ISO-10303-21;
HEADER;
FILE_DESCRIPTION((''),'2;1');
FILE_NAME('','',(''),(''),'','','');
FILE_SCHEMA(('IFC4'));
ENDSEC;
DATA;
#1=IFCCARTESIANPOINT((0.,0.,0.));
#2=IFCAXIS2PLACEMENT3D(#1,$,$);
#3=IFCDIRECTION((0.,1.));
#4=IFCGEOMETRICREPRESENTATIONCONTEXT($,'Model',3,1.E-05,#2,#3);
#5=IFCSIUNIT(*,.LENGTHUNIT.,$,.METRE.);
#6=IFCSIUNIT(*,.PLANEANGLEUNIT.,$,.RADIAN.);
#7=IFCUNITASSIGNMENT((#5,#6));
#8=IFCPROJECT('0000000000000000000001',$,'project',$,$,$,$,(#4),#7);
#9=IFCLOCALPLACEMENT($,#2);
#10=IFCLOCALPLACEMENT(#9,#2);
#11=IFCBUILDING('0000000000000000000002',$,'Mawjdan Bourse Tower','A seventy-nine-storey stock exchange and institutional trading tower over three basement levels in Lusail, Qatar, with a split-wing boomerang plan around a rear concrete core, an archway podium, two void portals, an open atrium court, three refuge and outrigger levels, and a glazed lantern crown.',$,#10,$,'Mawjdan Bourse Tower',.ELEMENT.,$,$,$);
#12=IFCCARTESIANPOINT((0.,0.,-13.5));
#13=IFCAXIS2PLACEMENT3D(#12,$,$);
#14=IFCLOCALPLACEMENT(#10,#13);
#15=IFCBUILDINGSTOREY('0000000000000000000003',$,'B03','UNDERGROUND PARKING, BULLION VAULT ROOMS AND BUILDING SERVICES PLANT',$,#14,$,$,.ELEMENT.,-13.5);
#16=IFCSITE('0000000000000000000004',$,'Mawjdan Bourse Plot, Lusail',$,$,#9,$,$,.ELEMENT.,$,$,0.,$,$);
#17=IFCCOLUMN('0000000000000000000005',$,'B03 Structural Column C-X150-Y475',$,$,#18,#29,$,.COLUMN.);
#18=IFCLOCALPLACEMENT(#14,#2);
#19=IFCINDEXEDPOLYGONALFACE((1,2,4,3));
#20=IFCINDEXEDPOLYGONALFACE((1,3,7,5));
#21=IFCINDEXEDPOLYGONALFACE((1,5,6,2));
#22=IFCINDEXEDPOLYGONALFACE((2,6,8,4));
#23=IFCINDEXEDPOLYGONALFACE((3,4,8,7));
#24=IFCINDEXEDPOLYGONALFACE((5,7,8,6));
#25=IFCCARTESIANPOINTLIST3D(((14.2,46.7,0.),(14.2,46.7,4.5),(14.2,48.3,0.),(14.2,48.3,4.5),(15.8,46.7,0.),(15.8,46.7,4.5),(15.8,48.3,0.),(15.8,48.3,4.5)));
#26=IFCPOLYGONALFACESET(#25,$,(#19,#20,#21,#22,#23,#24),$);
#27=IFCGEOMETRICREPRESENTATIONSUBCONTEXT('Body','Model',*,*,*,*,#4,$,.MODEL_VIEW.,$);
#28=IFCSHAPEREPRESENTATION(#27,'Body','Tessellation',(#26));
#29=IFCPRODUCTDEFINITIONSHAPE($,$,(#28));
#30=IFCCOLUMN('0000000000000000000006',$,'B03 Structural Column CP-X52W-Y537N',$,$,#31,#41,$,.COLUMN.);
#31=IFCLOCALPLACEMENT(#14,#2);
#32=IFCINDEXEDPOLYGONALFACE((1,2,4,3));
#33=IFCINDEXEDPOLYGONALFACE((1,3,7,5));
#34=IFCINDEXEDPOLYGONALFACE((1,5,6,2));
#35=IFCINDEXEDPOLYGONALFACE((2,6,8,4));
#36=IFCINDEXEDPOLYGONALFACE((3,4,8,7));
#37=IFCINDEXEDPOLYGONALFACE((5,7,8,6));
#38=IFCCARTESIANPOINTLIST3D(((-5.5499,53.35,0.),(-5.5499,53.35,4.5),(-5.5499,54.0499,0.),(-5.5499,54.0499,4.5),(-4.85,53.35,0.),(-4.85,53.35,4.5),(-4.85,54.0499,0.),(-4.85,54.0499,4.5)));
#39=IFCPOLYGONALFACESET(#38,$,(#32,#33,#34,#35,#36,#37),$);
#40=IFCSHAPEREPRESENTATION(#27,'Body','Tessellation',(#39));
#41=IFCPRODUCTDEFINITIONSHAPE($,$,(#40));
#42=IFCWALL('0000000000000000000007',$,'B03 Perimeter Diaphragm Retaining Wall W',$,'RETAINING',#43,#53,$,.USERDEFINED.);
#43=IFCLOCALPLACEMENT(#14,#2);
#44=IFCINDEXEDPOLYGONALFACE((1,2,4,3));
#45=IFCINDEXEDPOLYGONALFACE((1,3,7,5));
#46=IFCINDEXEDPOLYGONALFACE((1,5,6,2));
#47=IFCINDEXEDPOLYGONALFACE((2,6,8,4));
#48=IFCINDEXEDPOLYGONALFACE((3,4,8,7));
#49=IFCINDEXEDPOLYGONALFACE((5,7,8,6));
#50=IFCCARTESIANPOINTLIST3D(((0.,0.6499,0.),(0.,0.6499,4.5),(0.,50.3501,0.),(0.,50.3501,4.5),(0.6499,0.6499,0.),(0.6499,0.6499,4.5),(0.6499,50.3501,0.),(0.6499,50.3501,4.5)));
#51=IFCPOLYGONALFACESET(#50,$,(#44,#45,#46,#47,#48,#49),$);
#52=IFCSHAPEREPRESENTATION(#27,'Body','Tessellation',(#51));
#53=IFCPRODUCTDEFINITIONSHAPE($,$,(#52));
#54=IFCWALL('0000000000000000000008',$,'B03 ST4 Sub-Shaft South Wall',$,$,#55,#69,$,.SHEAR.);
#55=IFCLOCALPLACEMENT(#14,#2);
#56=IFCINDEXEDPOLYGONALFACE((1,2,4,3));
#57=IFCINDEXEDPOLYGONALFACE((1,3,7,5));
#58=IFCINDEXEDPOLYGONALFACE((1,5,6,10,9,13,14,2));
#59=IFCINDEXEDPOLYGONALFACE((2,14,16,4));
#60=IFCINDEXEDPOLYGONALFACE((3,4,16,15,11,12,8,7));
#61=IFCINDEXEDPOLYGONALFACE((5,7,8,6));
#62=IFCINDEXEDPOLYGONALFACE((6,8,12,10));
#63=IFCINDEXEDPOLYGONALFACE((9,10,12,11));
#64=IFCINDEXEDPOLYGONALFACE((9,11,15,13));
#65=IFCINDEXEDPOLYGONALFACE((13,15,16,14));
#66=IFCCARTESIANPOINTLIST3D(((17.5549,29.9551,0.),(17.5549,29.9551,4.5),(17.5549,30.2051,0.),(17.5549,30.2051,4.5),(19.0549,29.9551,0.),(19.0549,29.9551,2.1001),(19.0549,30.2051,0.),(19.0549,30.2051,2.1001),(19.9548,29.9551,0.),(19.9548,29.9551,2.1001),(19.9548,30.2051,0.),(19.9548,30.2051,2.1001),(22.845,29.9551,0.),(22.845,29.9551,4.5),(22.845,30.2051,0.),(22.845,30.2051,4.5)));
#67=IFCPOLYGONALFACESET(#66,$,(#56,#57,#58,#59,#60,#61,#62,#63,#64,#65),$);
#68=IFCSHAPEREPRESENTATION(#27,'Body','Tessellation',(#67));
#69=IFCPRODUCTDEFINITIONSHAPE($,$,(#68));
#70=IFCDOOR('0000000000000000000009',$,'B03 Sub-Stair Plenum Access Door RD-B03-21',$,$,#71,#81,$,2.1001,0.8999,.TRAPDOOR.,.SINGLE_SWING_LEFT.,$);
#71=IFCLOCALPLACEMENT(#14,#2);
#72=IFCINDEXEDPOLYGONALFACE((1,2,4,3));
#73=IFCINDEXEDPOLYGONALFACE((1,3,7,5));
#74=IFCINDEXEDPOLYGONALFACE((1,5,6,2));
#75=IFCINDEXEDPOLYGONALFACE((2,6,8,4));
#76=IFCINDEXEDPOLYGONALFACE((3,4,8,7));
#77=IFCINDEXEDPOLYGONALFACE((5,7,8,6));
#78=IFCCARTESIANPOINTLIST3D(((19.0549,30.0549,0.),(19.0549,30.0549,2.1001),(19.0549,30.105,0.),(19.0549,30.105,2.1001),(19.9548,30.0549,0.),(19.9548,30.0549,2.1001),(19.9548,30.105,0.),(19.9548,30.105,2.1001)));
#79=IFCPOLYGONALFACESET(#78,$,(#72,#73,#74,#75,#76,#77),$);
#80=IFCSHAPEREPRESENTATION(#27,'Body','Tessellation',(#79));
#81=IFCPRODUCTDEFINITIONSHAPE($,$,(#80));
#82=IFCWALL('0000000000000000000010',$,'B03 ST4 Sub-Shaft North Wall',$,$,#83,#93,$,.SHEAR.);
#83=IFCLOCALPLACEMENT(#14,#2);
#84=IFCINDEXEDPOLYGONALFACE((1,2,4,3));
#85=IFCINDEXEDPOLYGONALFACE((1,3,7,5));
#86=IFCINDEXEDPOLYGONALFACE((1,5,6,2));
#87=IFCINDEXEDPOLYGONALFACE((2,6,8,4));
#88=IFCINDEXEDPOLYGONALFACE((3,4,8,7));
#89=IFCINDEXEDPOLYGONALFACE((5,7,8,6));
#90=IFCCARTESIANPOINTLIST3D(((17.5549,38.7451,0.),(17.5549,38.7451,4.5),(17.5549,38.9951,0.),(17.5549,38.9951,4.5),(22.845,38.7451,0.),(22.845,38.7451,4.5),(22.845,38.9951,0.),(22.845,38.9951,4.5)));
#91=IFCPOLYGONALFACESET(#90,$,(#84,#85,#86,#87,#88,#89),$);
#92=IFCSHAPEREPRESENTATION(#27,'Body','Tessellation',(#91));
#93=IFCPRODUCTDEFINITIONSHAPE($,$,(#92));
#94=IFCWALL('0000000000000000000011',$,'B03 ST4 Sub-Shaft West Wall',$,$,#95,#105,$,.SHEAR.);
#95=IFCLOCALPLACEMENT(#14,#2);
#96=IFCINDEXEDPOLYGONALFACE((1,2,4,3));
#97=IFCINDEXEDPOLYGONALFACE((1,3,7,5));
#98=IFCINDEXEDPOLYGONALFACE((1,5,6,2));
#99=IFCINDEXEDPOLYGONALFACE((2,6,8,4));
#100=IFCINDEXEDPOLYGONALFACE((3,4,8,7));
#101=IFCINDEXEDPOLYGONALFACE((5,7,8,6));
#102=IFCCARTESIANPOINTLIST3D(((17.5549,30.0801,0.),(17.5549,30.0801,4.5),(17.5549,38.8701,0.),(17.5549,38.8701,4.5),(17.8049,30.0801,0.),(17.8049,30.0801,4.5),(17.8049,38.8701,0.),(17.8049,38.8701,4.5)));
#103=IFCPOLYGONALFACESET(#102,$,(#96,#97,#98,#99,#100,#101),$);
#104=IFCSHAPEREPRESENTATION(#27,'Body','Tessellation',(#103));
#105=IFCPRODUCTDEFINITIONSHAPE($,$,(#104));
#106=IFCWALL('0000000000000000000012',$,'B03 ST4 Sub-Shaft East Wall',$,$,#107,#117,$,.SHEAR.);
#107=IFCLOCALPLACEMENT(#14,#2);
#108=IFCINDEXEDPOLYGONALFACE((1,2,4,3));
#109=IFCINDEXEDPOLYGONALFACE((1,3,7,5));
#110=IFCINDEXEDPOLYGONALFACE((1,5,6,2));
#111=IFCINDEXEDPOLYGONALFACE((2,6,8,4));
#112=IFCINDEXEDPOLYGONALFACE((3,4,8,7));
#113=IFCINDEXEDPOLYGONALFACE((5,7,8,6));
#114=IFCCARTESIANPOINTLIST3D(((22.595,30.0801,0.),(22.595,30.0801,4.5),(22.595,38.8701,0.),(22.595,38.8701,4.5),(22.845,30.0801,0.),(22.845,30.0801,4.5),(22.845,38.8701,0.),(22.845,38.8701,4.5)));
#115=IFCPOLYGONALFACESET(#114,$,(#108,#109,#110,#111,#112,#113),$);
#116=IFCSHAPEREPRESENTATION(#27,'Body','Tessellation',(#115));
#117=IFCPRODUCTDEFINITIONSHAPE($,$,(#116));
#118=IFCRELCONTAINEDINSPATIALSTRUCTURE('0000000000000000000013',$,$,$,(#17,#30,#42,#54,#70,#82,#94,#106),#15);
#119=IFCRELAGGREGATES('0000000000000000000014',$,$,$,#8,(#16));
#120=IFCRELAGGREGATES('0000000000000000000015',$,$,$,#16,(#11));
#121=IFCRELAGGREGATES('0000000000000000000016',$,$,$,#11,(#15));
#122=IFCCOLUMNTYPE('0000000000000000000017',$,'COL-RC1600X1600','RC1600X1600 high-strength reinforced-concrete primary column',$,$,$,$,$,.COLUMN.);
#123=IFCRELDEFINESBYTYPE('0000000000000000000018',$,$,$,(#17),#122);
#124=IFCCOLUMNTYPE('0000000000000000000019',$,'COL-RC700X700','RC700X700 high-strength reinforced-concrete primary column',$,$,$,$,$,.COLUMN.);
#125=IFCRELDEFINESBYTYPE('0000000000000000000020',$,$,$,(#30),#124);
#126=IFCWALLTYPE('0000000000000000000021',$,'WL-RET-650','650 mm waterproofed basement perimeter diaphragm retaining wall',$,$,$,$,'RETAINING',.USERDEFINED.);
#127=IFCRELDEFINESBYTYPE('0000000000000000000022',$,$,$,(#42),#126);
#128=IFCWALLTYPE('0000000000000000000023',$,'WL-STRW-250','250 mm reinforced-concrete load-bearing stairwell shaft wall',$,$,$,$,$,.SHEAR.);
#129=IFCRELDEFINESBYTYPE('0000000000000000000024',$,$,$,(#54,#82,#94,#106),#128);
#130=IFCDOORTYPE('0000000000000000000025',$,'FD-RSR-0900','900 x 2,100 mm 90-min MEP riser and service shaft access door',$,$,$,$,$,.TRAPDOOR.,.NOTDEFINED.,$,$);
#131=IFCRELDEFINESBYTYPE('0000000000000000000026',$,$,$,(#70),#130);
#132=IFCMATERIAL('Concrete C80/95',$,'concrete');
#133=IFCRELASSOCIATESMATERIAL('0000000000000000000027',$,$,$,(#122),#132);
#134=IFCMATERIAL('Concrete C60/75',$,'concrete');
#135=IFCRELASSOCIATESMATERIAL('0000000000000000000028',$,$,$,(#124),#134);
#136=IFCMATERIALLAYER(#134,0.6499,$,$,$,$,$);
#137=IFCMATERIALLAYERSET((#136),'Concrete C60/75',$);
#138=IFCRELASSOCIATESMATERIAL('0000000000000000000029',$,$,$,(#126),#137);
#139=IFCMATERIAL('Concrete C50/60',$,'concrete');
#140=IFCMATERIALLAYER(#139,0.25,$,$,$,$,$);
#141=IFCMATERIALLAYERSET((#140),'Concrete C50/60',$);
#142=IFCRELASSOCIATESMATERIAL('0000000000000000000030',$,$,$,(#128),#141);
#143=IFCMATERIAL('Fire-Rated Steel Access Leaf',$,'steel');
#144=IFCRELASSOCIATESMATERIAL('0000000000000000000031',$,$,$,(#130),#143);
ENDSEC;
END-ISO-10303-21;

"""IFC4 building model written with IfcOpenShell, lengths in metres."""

from ifc_helpers import new_model, si_unit, direction, frame, frame_2d, origin, origin_2d, place, context, subcontext, project, spatial, rectangle, extrude, material, layer, layer_set, material_profile, profile_set, type_object, element, fill, save


model = new_model("IFC4")

# Units and contexts
model_context = context("Model", 3, precision=1e-05, world=origin(), true_north=direction((0.0, 1.0)))
body_context = subcontext(model_context, "Body", "Model", "MODEL_VIEW")
ifc_project = project(units=[si_unit("LENGTHUNIT", "METRE"), si_unit("PLANEANGLEUNIT", "RADIAN")], contexts=[model_context])

# Site, building, storey
site_placement = place(None, origin())
site = spatial("IfcSite", under=ifc_project, at=site_placement, Name="Mawjdan Bourse Plot, Lusail", CompositionType="ELEMENT", RefElevation=0.0)
building_placement = place(site_placement, origin())
building = spatial("IfcBuilding", under=site, at=building_placement, Name="Mawjdan Bourse Tower", Description="A seventy-nine-storey stock exchange and institutional trading tower over three basement levels in Lusail, Qatar, with a split-wing boomerang plan around a rear concrete core, an archway podium, two void portals, an open atrium court, three refuge and outrigger levels, and a glazed lantern crown.", LongName="Mawjdan Bourse Tower", CompositionType="ELEMENT")
storey_placement = place(building_placement, frame((0.0, 0.0, -13.5)))
storey = spatial("IfcBuildingStorey", under=building, at=storey_placement, Name="B03", Description="UNDERGROUND PARKING, BULLION VAULT ROOMS AND BUILDING SERVICES PLANT", CompositionType="ELEMENT", Elevation=-13.5)

# Shared definitions
ifc_material_1 = material(Name="Concrete C60/75", Category="concrete")

# Columns
ifc_material_2 = material(Name="Concrete C80/95", Category="concrete")
ifc_material_profile_1 = material_profile(ifc_material_2, rectangle(XDim=1.6001, YDim=1.6001, at=origin_2d()), Name="RC1600X1600")
ifc_profile_set_1 = profile_set([ifc_material_profile_1], Name="Concrete C80/95")
column_type_1 = type_object("IfcColumnType", Name="COL-RC1600X1600", Description="RC1600X1600 high-strength reinforced-concrete primary column", PredefinedType="COLUMN", material=ifc_profile_set_1)
for number, where, z_axis, x_axis, name in (
    (1, (15.0, 47.5, 0.0), (0.0, 0.0, 1.0), (1.0, 0.0, 0.0), "B03 Structural Column C-X150-Y475"),
):
    element("IfcColumn", number, at=place(storey_placement, frame(where, z_axis=z_axis, x_axis=x_axis)), inside=storey, type_object=column_type_1, Name=name, PredefinedType="COLUMN", context=body_context, shape_type="SweptSolid", body=[
        extrude(rectangle(XDim=1.6001, YDim=1.6001, at=origin_2d()), origin(), (0.0, 0.0, 1.0), 4.5),
    ])
ifc_material_profile_2 = material_profile(ifc_material_1, rectangle(XDim=0.7, YDim=0.7, at=origin_2d()), Name="RC700X700")
ifc_profile_set_2 = profile_set([ifc_material_profile_2], Name="Concrete C60/75")
column_type_2 = type_object("IfcColumnType", Name="COL-RC700X700", Description="RC700X700 high-strength reinforced-concrete primary column", PredefinedType="COLUMN", material=ifc_profile_set_2)
column_placement = place(storey_placement, frame((-5.2, 53.7, 0.0), z_axis=(0.0, 0.0, 1.0), x_axis=(1.0, 0.0, 0.0)))
element("IfcColumn", 2, at=column_placement, inside=storey, type_object=column_type_2, Name="B03 Structural Column CP-X52W-Y537N", PredefinedType="COLUMN", context=body_context, shape_type="SweptSolid", body=[
    extrude(rectangle(XDim=0.7, YDim=0.7, at=origin_2d()), origin(), (0.0, 0.0, 1.0), 4.5),
])

# Wall
ifc_layer_1 = layer(ifc_material_1, 0.6499)
ifc_layer_set_1 = layer_set([ifc_layer_1], Name="Concrete C60/75")
wall_type_1 = type_object("IfcWallType", Name="WL-RET-650", Description="650 mm waterproofed basement perimeter diaphragm retaining wall", ElementType="RETAINING", PredefinedType="USERDEFINED", material=ifc_layer_set_1)
wall_1_placement = place(storey_placement, frame((0.325, 50.3501, 0.0), z_axis=(0.0, 0.0, 1.0), x_axis=(0.0, -1.0, 0.0)))
element("IfcWall", 3, at=wall_1_placement, inside=storey, type_object=wall_type_1, Name="B03 Perimeter Diaphragm Retaining Wall W", ObjectType="RETAINING", PredefinedType="USERDEFINED", context=body_context, shape_type="SweptSolid", body=[
    extrude(rectangle(XDim=49.7002, YDim=0.6499, at=frame_2d((24.8501, 0.0))), origin(), (0.0, 0.0, 1.0), 4.5),
])

# Wall, opening, door
ifc_material_3 = material(Name="Concrete C50/60", Category="concrete")
ifc_layer_2 = layer(ifc_material_3, 0.25)
ifc_layer_set_2 = layer_set([ifc_layer_2], Name="Concrete C50/60")
wall_type_2 = type_object("IfcWallType", Name="WL-STRW-250", Description="250 mm reinforced-concrete load-bearing stairwell shaft wall", PredefinedType="SHEAR", material=ifc_layer_set_2)
wall_2_placement = place(storey_placement, frame((17.5549, 30.0801, 0.0), z_axis=(0.0, 0.0, 1.0), x_axis=(1.0, 0.0, 0.0)))
wall_2 = element("IfcWall", 4, at=wall_2_placement, inside=storey, type_object=wall_type_2, Name="B03 ST4 Sub-Shaft South Wall", PredefinedType="SHEAR", context=body_context, shape_type="SweptSolid", body=[
    extrude(rectangle(XDim=5.29, YDim=0.25, at=frame_2d((2.645, 0.0))), origin(), (0.0, 0.0, 1.0), 4.5),
])
opening_placement = place(wall_2_placement, frame((1.5, 0.0, 0.0)))
opening = element("IfcOpeningElement", 5, at=opening_placement, cuts=wall_2, PredefinedType="OPENING", context=body_context, shape_type="SweptSolid", body=[
    extrude(rectangle(XDim=0.8999, YDim=2.1001, at=frame_2d((0.45, 1.05))), frame((0.0, 0.135, 0.0), z_axis=(0.0, -1.0, 0.0), x_axis=(1.0, 0.0, 0.0)), (0.0, 0.0, 1.0), 0.27),
])
ifc_material_4 = material(Name="Fire-Rated Steel Access Leaf", Category="steel")
door_type = type_object("IfcDoorType", Name="FD-RSR-0900", Description="900 x 2,100 mm 90-min MEP riser and service shaft access door", OperationType="NOTDEFINED", PredefinedType="TRAPDOOR", material=ifc_material_4)
door_placement = place(opening_placement, origin())
door = element("IfcDoor", 6, at=door_placement, inside=storey, type_object=door_type, Name="B03 Sub-Stair Plenum Access Door RD-B03-21", OperationType="SINGLE_SWING_LEFT", OverallHeight=2.1001, OverallWidth=0.8999, PredefinedType="TRAPDOOR", context=body_context, shape_type="SweptSolid", body=[
    extrude(rectangle(XDim=0.8999, YDim=2.1001, at=frame_2d((0.45, 1.05))), frame((0.0, 0.0249, 0.0), z_axis=(0.0, -1.0, 0.0), x_axis=(1.0, 0.0, 0.0)), (0.0, 0.0, 1.0), 0.05),
])
fill(opening, door)

# Walls
wall_3_placement = place(storey_placement, frame((17.5549, 38.8701, 0.0), z_axis=(0.0, 0.0, 1.0), x_axis=(1.0, 0.0, 0.0)))
element("IfcWall", 7, at=wall_3_placement, inside=storey, type_object=wall_type_2, Name="B03 ST4 Sub-Shaft North Wall", PredefinedType="SHEAR", context=body_context, shape_type="SweptSolid", body=[
    extrude(rectangle(XDim=5.29, YDim=0.25, at=frame_2d((2.645, 0.0))), origin(), (0.0, 0.0, 1.0), 4.5),
])
for number, where, z_axis, x_axis, name in (
    (8, (17.6799, 30.0801, 0.0), (0.0, 0.0, 1.0), (0.0, 1.0, 0.0), "B03 ST4 Sub-Shaft West Wall"),
    (9, (22.72, 30.0801, 0.0), (0.0, 0.0, 1.0), (0.0, 1.0, 0.0), "B03 ST4 Sub-Shaft East Wall"),
):
    element("IfcWall", number, at=place(storey_placement, frame(where, z_axis=z_axis, x_axis=x_axis)), inside=storey, type_object=wall_type_2, Name=name, PredefinedType="SHEAR", context=body_context, shape_type="SweptSolid", body=[
        extrude(rectangle(XDim=8.79, YDim=0.25, at=frame_2d((4.395, 0.0))), origin(), (0.0, 0.0, 1.0), 4.5),
    ])

save(model, "model.ifc")
